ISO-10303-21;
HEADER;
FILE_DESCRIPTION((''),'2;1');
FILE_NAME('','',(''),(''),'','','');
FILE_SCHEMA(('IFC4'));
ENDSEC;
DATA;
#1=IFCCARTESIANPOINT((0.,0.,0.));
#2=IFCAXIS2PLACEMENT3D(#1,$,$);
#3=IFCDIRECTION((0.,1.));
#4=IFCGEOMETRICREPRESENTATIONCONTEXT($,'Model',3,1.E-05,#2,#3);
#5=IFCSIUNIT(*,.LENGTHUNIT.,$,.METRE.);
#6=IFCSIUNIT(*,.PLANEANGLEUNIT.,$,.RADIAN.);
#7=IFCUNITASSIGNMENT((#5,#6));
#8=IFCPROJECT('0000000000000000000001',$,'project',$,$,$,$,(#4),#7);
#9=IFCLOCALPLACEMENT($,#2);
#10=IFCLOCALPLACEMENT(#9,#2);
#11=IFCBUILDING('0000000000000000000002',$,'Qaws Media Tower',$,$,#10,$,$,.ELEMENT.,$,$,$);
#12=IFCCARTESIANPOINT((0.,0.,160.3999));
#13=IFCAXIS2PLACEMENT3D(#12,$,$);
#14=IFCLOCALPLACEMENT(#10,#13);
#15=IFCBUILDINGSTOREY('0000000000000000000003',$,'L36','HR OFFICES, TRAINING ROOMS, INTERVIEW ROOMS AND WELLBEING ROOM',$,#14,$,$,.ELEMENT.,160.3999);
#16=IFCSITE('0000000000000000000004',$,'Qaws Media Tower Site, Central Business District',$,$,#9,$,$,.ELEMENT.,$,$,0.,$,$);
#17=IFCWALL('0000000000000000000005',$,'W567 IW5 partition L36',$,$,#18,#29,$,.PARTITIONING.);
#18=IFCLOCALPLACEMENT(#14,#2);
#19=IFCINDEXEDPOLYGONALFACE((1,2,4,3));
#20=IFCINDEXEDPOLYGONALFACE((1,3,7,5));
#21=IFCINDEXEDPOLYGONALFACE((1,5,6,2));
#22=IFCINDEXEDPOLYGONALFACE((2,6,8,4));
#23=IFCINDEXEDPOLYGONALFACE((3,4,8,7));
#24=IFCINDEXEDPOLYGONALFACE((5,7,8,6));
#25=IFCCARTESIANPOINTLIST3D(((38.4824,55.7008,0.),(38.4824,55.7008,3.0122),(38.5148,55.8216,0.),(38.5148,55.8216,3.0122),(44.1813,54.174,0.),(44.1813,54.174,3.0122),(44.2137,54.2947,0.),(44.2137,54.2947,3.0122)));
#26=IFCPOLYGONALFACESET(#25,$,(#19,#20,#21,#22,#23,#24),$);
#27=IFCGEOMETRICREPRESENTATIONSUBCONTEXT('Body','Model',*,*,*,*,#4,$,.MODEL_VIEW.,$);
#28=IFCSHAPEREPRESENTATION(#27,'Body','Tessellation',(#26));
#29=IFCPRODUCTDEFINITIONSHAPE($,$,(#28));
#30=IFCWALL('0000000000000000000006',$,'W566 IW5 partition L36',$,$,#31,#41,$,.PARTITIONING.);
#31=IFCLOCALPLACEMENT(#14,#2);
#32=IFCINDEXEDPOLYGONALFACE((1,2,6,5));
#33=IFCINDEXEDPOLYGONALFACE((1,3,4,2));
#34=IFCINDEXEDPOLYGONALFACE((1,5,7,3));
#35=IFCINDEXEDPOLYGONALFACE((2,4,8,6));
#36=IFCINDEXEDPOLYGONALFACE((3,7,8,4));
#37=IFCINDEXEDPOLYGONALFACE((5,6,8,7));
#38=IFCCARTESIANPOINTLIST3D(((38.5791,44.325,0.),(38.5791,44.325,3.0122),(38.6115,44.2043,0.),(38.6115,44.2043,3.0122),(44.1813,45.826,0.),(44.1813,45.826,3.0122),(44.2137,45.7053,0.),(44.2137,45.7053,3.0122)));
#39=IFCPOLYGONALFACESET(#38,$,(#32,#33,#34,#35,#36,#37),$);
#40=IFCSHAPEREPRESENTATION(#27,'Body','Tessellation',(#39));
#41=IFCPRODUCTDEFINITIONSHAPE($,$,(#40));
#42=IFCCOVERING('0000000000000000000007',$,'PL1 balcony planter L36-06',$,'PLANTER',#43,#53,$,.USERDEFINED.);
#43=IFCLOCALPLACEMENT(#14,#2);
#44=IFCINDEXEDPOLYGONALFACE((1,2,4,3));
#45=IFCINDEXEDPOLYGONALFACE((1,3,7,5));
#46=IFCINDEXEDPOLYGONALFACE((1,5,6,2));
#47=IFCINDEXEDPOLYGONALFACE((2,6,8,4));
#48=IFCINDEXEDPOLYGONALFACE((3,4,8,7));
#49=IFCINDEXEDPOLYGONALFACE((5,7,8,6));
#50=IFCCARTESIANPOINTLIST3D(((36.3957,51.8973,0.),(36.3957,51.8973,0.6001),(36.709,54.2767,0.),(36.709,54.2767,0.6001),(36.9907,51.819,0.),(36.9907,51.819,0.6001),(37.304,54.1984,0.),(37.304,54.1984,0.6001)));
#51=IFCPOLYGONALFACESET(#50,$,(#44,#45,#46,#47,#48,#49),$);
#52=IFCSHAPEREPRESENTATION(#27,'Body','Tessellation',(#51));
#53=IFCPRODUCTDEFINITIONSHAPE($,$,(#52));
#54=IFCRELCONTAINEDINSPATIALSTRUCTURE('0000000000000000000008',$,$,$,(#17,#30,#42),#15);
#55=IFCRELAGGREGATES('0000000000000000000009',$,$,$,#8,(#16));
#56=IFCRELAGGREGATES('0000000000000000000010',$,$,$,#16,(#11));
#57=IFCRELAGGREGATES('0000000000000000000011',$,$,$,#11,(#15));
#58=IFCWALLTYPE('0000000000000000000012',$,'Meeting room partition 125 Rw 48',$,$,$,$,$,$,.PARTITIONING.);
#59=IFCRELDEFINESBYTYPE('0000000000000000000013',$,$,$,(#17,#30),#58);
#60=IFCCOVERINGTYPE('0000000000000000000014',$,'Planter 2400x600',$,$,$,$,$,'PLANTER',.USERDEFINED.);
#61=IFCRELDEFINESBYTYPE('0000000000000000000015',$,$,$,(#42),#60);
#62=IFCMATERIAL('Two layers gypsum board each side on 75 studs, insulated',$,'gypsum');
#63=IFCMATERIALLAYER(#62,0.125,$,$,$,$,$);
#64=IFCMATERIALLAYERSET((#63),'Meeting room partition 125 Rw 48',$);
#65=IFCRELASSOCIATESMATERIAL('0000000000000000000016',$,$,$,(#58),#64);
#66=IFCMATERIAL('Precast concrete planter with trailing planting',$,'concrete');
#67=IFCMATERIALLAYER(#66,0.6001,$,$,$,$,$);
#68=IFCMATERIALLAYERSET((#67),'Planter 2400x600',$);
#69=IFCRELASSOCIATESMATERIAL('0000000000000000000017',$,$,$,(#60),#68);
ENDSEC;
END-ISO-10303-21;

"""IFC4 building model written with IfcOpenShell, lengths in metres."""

from ifc_helpers import new_model, si_unit, direction, frame, frame_2d, origin, origin_2d, place, context, subcontext, project, spatial, rectangle, extrude, material, layer, layer_set, type_object, element, save


model = new_model("IFC4")

# Units and contexts
model_context = context("Model", 3, precision=1e-05, world=origin(), true_north=direction((0.0, 1.0)))
body_context = subcontext(model_context, "Body", "Model", "MODEL_VIEW")
ifc_project = project(units=[si_unit("LENGTHUNIT", "METRE"), si_unit("PLANEANGLEUNIT", "RADIAN")], contexts=[model_context])

# Site, building, storey
site_placement = place(None, origin())
site = spatial("IfcSite", under=ifc_project, at=site_placement, Name="Qaws Media Tower Site, Central Business District", CompositionType="ELEMENT", RefElevation=0.0)
building_placement = place(site_placement, origin())
building = spatial("IfcBuilding", under=site, at=building_placement, Name="Qaws Media Tower", CompositionType="ELEMENT")
storey_placement = place(building_placement, frame((0.0, 0.0, 160.3999)))
storey = spatial("IfcBuildingStorey", under=building, at=storey_placement, Name="L36", Description="HR OFFICES, TRAINING ROOMS, INTERVIEW ROOMS AND WELLBEING ROOM", CompositionType="ELEMENT", Elevation=160.3999)

# Walls
ifc_material_1 = material(Name="Two layers gypsum board each side on 75 studs, insulated", Category="gypsum")
ifc_layer_1 = layer(ifc_material_1, 0.125)
ifc_layer_set_1 = layer_set([ifc_layer_1], Name="Meeting room partition 125 Rw 48")
wall_type_1 = type_object("IfcWallType", Name="Meeting room partition 125 Rw 48", PredefinedType="PARTITIONING", material=ifc_layer_set_1)
wall_1_placement = place(storey_placement, frame((44.1975, 54.2344, 0.0), z_axis=(0.0, 0.0, 1.0), x_axis=(-0.965933, 0.258791, 0.0)))
element("IfcWall", 1, at=wall_1_placement, inside=storey, type_object=wall_type_1, Name="W567 IW5 partition L36", PredefinedType="PARTITIONING", context=body_context, shape_type="SweptSolid", body=[
    extrude(rectangle(XDim=5.8999, YDim=0.125, at=frame_2d((2.95, 0.0))), origin(), (0.0, 0.0, 1.0), 3.0122),
])
wall_2_placement = place(storey_placement, frame((44.1975, 45.7656, 0.0), z_axis=(0.0, 0.0, 1.0), x_axis=(-0.965932, -0.258794, 0.0)))
element("IfcWall", 2, at=wall_2_placement, inside=storey, type_object=wall_type_1, Name="W566 IW5 partition L36", PredefinedType="PARTITIONING", context=body_context, shape_type="SweptSolid", body=[
    extrude(rectangle(XDim=5.7998, YDim=0.125, at=frame_2d((2.8999, 0.0))), origin(), (0.0, 0.0, 1.0), 3.0122),
])

# Covering
ifc_material_2 = material(Name="Precast concrete planter with trailing planting", Category="concrete")
ifc_layer_2 = layer(ifc_material_2, 0.6001)
ifc_layer_set_2 = layer_set([ifc_layer_2], Name="Planter 2400x600")
covering_type = type_object("IfcCoveringType", Name="Planter 2400x600", ElementType="PLANTER", PredefinedType="USERDEFINED", material=ifc_layer_set_2)
covering_placement = place(storey_placement, frame((36.8499, 53.0479, 0.0), z_axis=(0.0, 0.0, 1.0), x_axis=(-0.130526, -0.991445, 0.0)))
element("IfcCovering", 3, at=covering_placement, inside=storey, type_object=covering_type, Name="PL1 balcony planter L36-06", ObjectType="PLANTER", PredefinedType="USERDEFINED", context=body_context, shape_type="SweptSolid", body=[
    extrude(rectangle(XDim=2.3999, YDim=0.6001, at=origin_2d()), origin(), (0.0, 0.0, 1.0), 0.6001),
])

save(model, "model.ifc")
